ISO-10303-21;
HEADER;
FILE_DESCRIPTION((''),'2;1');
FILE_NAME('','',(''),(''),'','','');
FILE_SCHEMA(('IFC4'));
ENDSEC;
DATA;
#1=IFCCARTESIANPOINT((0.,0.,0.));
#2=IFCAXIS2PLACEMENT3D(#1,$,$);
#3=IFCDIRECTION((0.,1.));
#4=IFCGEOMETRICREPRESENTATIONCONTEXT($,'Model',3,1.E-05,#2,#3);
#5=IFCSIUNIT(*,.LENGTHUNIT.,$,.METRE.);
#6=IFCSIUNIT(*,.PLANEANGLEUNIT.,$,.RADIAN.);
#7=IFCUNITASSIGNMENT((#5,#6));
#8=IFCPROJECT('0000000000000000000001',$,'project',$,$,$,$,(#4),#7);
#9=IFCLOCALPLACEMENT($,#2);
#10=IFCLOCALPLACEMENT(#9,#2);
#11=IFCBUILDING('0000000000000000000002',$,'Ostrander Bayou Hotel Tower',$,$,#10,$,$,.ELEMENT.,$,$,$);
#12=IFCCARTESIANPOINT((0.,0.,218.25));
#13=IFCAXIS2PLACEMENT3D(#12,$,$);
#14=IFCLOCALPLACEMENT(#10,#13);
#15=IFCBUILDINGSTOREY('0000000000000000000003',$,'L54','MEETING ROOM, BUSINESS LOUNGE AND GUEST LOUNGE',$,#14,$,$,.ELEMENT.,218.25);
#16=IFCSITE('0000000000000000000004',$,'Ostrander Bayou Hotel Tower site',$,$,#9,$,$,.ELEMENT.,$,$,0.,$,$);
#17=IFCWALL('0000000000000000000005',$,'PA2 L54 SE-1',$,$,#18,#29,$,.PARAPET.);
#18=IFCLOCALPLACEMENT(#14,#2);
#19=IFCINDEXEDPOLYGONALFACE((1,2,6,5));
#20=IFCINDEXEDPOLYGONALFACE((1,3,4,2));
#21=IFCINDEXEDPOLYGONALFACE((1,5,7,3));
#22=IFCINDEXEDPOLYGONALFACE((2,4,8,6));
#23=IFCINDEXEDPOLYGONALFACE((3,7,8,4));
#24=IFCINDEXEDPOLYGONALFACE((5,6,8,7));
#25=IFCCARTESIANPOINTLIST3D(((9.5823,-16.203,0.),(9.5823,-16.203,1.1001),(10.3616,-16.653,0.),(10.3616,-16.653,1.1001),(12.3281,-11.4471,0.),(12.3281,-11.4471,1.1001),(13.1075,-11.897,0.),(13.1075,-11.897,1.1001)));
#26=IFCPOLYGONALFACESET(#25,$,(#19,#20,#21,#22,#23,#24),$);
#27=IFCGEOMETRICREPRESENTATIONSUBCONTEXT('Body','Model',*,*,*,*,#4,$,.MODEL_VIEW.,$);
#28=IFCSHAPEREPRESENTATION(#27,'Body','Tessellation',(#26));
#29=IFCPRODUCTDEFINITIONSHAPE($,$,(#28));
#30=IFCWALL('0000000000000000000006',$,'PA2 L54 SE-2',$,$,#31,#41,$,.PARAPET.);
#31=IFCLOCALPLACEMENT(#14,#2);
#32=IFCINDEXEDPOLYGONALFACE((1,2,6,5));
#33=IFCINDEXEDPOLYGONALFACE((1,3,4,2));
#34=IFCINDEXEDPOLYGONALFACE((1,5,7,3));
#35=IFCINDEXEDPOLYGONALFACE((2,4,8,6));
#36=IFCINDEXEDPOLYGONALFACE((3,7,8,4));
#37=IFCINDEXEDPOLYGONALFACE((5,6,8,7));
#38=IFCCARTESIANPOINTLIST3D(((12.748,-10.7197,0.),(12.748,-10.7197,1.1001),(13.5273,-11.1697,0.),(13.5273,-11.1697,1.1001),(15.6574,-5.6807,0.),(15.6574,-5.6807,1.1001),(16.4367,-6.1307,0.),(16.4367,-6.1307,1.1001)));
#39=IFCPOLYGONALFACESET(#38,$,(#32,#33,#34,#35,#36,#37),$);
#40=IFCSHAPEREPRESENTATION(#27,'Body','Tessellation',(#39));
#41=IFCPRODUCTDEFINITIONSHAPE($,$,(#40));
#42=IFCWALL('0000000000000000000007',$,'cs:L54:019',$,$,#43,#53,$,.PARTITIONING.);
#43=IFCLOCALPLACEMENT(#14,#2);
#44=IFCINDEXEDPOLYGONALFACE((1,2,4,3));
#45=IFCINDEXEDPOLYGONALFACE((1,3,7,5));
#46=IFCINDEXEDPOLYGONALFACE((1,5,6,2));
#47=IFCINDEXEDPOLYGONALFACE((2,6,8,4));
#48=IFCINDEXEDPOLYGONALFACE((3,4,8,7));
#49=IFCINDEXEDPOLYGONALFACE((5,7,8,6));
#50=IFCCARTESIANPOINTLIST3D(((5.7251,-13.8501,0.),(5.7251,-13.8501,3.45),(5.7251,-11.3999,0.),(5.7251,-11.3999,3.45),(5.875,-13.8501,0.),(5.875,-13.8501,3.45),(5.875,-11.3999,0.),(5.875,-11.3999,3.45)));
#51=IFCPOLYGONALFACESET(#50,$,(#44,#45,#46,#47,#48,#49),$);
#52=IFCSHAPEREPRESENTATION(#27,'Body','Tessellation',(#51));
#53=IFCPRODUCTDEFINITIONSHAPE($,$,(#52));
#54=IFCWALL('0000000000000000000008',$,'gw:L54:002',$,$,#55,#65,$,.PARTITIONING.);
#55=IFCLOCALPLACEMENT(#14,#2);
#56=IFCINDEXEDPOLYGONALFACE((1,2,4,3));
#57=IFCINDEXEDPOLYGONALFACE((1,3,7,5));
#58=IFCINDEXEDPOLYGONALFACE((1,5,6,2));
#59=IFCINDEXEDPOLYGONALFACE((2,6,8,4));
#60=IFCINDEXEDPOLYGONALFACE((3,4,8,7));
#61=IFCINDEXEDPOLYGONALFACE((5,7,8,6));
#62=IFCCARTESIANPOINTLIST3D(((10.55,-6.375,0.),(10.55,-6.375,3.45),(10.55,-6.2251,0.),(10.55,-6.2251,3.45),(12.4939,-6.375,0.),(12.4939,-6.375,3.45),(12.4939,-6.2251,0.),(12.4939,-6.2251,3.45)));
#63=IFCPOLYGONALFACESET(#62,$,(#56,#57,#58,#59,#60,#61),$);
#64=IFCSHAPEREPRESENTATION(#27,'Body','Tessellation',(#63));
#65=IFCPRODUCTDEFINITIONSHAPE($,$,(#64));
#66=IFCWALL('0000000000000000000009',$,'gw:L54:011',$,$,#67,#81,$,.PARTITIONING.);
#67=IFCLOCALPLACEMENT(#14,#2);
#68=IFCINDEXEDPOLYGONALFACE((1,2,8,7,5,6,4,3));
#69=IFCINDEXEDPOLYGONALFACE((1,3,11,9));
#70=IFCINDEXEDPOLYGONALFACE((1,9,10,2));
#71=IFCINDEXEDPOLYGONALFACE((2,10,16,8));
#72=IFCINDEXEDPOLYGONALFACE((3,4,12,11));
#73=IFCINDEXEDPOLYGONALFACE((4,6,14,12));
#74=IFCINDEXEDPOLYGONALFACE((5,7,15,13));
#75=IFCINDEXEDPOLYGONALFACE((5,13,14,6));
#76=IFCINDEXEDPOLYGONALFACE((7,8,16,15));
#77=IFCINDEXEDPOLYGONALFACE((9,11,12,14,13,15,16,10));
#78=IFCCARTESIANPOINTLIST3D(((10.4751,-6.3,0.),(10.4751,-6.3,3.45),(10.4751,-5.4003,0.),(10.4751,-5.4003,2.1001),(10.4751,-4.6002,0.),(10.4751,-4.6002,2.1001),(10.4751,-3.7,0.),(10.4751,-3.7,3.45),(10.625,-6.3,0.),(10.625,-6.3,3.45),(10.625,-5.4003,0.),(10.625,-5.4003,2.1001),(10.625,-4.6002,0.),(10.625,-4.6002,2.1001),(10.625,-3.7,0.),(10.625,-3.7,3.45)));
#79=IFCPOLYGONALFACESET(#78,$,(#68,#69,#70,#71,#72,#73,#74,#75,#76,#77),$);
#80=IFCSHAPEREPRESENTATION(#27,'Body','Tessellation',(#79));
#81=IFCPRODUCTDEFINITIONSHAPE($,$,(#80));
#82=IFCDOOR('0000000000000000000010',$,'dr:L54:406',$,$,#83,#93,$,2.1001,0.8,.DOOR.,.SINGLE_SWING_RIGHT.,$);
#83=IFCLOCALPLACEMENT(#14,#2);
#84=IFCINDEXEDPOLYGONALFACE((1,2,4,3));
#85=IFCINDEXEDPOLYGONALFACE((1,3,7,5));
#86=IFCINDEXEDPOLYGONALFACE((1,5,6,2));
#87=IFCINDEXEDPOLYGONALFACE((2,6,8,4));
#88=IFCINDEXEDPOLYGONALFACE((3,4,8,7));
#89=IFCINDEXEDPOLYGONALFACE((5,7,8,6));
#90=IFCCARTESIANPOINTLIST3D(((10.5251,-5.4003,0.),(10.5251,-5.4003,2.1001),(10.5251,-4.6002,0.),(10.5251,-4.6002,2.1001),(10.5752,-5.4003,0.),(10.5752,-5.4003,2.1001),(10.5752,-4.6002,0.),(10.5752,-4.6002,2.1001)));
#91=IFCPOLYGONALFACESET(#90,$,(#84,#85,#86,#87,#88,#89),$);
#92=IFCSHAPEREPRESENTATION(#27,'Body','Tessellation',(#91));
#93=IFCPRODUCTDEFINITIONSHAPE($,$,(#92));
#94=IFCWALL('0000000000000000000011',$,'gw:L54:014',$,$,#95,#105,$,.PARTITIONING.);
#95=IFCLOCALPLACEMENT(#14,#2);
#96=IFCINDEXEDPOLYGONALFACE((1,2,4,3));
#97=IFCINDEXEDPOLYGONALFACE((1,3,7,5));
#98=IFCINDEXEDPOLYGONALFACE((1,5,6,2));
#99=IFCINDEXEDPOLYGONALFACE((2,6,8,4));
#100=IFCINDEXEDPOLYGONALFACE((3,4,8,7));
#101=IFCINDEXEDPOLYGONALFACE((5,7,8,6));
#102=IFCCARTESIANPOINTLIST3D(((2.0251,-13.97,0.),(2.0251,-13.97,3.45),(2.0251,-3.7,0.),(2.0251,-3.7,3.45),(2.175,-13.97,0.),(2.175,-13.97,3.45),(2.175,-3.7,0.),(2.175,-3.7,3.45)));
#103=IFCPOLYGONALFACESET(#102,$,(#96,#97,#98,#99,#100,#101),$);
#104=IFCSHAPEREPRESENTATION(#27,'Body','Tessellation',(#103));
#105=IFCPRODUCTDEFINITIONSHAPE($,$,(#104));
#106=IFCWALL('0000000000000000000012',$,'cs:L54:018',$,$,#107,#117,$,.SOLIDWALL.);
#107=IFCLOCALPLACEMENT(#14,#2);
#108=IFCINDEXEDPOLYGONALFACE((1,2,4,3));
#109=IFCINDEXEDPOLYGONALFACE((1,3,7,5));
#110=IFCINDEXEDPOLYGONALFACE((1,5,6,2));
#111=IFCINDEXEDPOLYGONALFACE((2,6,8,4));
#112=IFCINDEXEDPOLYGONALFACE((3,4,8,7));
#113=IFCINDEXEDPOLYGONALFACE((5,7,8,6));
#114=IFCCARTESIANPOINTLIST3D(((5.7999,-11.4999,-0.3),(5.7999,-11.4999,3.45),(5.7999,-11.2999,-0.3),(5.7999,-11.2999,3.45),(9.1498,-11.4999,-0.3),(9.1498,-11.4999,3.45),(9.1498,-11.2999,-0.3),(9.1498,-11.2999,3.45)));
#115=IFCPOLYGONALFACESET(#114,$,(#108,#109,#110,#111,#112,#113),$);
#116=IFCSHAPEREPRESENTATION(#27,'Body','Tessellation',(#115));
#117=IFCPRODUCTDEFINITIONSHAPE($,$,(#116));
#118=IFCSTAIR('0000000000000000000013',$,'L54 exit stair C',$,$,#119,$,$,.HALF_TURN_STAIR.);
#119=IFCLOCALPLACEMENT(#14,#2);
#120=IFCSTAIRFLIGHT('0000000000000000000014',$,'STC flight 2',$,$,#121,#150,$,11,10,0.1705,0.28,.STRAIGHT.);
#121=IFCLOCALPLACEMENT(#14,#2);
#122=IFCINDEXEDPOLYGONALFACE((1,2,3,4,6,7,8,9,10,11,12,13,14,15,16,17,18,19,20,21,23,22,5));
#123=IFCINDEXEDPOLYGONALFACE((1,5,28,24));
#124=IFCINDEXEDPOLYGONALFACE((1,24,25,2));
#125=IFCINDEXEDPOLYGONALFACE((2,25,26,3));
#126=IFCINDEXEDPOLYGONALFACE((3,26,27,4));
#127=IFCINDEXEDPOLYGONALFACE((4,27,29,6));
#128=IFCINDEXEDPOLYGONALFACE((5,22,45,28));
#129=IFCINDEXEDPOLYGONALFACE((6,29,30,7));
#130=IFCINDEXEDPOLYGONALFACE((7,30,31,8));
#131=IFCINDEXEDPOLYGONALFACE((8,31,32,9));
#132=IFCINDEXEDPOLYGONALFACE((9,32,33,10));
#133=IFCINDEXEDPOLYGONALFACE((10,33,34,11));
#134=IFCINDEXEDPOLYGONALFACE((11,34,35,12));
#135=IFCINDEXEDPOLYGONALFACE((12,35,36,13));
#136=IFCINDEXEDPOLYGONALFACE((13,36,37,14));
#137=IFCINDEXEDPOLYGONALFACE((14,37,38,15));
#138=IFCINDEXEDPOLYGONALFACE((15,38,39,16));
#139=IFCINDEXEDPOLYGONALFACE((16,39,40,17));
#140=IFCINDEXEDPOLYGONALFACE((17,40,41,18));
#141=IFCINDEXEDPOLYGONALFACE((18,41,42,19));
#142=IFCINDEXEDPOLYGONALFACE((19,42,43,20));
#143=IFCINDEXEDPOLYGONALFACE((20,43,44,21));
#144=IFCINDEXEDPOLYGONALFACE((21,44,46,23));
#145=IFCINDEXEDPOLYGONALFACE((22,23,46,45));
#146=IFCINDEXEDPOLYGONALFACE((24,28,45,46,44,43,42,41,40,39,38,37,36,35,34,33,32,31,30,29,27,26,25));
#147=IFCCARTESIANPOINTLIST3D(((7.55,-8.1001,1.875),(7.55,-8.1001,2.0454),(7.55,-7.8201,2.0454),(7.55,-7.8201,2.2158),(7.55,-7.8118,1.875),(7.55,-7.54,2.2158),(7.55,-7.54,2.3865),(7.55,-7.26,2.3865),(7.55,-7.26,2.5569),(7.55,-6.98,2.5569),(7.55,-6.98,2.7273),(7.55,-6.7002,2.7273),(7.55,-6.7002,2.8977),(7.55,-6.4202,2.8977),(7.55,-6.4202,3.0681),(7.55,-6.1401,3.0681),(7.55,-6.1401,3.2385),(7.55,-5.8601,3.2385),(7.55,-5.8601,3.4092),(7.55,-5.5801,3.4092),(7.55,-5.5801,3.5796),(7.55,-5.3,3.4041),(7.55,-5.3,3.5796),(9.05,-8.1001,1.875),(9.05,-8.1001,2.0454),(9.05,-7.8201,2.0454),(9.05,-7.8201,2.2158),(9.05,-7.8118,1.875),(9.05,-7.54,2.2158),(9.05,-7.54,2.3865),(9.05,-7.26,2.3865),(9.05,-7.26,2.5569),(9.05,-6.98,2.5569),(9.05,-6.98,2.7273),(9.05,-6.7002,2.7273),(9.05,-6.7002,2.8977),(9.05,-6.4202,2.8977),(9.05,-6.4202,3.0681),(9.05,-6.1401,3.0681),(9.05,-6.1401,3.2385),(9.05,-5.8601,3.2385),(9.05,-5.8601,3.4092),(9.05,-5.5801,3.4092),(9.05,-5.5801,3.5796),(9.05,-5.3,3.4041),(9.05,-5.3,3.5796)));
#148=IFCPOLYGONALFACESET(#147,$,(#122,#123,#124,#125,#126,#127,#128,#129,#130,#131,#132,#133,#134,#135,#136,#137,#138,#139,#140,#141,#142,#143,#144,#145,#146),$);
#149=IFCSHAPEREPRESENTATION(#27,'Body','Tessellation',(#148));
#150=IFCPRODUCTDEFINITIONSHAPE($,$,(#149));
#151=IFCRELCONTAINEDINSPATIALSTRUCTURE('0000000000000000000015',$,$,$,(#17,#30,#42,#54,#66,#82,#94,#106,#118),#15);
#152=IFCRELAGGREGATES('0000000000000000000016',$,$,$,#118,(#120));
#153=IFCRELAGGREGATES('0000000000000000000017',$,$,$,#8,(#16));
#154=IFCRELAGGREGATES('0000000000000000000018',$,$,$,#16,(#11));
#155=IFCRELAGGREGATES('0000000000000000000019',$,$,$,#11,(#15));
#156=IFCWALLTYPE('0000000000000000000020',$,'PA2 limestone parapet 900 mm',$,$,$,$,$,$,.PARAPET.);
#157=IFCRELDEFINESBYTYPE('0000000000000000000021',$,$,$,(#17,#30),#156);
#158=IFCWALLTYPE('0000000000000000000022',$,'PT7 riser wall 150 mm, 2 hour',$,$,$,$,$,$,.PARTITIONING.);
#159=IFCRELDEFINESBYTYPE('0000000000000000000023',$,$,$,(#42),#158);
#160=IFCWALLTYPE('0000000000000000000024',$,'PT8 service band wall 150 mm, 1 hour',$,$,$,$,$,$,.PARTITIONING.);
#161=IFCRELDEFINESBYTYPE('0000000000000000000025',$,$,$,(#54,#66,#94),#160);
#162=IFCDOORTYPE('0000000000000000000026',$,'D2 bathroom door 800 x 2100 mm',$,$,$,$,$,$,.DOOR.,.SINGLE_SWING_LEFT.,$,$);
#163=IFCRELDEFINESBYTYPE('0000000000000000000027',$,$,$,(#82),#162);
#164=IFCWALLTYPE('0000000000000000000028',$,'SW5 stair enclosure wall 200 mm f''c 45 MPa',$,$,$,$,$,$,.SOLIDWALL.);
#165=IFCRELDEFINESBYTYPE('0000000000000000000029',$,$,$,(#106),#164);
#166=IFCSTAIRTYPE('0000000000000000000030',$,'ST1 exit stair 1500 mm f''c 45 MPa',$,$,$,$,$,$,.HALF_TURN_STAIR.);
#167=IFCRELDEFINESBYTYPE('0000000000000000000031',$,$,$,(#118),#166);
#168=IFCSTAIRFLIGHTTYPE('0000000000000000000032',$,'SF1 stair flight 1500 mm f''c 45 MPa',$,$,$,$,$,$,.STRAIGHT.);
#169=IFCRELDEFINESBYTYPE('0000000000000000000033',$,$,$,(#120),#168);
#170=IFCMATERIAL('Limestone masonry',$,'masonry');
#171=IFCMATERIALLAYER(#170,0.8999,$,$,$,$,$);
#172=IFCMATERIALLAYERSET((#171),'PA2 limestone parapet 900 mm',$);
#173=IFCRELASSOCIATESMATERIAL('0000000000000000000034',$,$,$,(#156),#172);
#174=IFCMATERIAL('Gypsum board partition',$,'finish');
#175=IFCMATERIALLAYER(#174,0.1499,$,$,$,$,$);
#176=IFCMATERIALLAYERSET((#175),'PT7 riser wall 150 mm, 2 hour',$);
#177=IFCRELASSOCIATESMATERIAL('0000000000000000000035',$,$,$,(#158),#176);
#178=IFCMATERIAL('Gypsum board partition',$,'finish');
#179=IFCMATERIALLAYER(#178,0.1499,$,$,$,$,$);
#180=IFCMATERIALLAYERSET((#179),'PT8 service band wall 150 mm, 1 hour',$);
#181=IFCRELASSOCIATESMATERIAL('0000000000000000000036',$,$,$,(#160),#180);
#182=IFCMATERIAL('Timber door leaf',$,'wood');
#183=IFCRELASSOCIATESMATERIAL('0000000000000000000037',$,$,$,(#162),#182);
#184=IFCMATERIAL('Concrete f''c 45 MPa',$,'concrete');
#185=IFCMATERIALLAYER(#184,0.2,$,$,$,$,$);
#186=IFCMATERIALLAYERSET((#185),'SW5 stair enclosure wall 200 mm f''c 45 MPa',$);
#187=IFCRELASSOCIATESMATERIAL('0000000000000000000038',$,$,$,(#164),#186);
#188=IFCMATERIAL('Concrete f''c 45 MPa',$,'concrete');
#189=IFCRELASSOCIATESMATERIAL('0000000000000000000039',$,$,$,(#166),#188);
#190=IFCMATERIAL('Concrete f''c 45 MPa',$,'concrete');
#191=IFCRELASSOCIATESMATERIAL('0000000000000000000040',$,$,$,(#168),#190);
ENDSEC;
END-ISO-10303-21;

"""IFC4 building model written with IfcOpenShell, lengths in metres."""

from ifc_helpers import new_model, si_unit, direction, frame, frame_2d, origin, place, context, subcontext, project, spatial, polyline, rectangle, outline, extrude, material, layer, layer_set, type_object, element, fill, aggregate, save


model = new_model("IFC4")

# Units and contexts
model_context = context("Model", 3, precision=1e-05, world=origin(), true_north=direction((0.0, 1.0)))
body_context = subcontext(model_context, "Body", "Model", "MODEL_VIEW")
ifc_project = project(units=[si_unit("LENGTHUNIT", "METRE"), si_unit("PLANEANGLEUNIT", "RADIAN")], contexts=[model_context])

# Site, building, storey
site_placement = place(None, origin())
site = spatial("IfcSite", under=ifc_project, at=site_placement, Name="Ostrander Bayou Hotel Tower site", CompositionType="ELEMENT", RefElevation=0.0)
building_placement = place(site_placement, origin())
building = spatial("IfcBuilding", under=site, at=building_placement, Name="Ostrander Bayou Hotel Tower", CompositionType="ELEMENT")
storey_placement = place(building_placement, frame((0.0, 0.0, 218.25)))
storey = spatial("IfcBuildingStorey", under=building, at=storey_placement, Name="L54", Description="MEETING ROOM, BUSINESS LOUNGE AND GUEST LOUNGE", CompositionType="ELEMENT", Elevation=218.25)

# Walls
ifc_material_1 = material(Name="Limestone masonry", Category="masonry")
ifc_layer_1 = layer(ifc_material_1, 0.8999)
ifc_layer_set_1 = layer_set([ifc_layer_1], Name="PA2 limestone parapet 900 mm")
wall_type_1 = type_object("IfcWallType", Name="PA2 limestone parapet 900 mm", PredefinedType="PARAPET", material=ifc_layer_set_1)
wall_1_placement = place(storey_placement, frame((9.9719, -16.428, 0.0), z_axis=(0.0, 0.0, 1.0), x_axis=(0.500007, 0.866021, 0.0)))
element("IfcWall", 1, at=wall_1_placement, inside=storey, type_object=wall_type_1, Name="PA2 L54 SE-1", PredefinedType="PARAPET", context=body_context, shape_type="SweptSolid", body=[
    extrude(rectangle(XDim=5.4917, YDim=0.8999, at=frame_2d((2.7458, 0.0))), origin(), (0.0, 0.0, 1.0), 1.1001),
])
wall_2_placement = place(storey_placement, frame((13.1377, -10.9446, 0.0), z_axis=(0.0, 0.0, 1.0), x_axis=(0.500015, 0.866016, 0.0)))
element("IfcWall", 2, at=wall_2_placement, inside=storey, type_object=wall_type_1, Name="PA2 L54 SE-2", PredefinedType="PARAPET", context=body_context, shape_type="SweptSolid", body=[
    extrude(rectangle(XDim=5.8186, YDim=0.8999, at=frame_2d((2.9092, 0.0))), origin(), (0.0, 0.0, 1.0), 1.1001),
])
ifc_material_2 = material(Name="Gypsum board partition", Category="finish")
ifc_layer_2 = layer(ifc_material_2, 0.1499)
ifc_layer_set_2 = layer_set([ifc_layer_2], Name="PT7 riser wall 150 mm, 2 hour")
wall_type_2 = type_object("IfcWallType", Name="PT7 riser wall 150 mm, 2 hour", PredefinedType="PARTITIONING", material=ifc_layer_set_2)
wall_3_placement = place(storey_placement, frame((5.8, -11.3999, 0.0), z_axis=(0.0, 0.0, 1.0), x_axis=(0.0, -1.0, 0.0)))
element("IfcWall", 3, at=wall_3_placement, inside=storey, type_object=wall_type_2, Name="cs:L54:019", PredefinedType="PARTITIONING", context=body_context, shape_type="SweptSolid", body=[
    extrude(rectangle(XDim=2.4502, YDim=0.1499, at=frame_2d((1.2251, 0.0))), origin(), (0.0, 0.0, 1.0), 3.45),
])
ifc_material_3 = material(Name="Gypsum board partition", Category="finish")
ifc_layer_3 = layer(ifc_material_3, 0.1499)
ifc_layer_set_3 = layer_set([ifc_layer_3], Name="PT8 service band wall 150 mm, 1 hour")
wall_type_3 = type_object("IfcWallType", Name="PT8 service band wall 150 mm, 1 hour", PredefinedType="PARTITIONING", material=ifc_layer_set_3)
wall_4_placement = place(storey_placement, frame((10.55, -6.3, 0.0), z_axis=(0.0, 0.0, 1.0), x_axis=(1.0, 0.0, 0.0)))
element("IfcWall", 4, at=wall_4_placement, inside=storey, type_object=wall_type_3, Name="gw:L54:002", PredefinedType="PARTITIONING", context=body_context, shape_type="SweptSolid", body=[
    extrude(rectangle(XDim=1.9438, YDim=0.1499, at=frame_2d((0.9719, 0.0))), origin(), (0.0, 0.0, 1.0), 3.45),
])

# Wall, opening, door
wall_5_placement = place(storey_placement, frame((10.55, -6.3, 0.0), z_axis=(0.0, 0.0, 1.0), x_axis=(0.0, 1.0, 0.0)))
wall_5 = element("IfcWall", 5, at=wall_5_placement, inside=storey, type_object=wall_type_3, Name="gw:L54:011", PredefinedType="PARTITIONING", context=body_context, shape_type="SweptSolid", body=[
    extrude(rectangle(XDim=2.6001, YDim=0.1499, at=frame_2d((1.3, 0.0))), origin(), (0.0, 0.0, 1.0), 3.45),
])
opening_1_placement = place(wall_5_placement, frame((0.8999, 0.0, 0.0)))
opening_1 = element("IfcOpeningElement", 6, at=opening_1_placement, cuts=wall_5, PredefinedType="OPENING", context=body_context, shape_type="SweptSolid", body=[
    extrude(rectangle(XDim=0.8, YDim=2.1001, at=frame_2d((0.3999, 1.05))), frame((0.0, 0.075, 0.0), z_axis=(0.0, -1.0, 0.0), x_axis=(1.0, 0.0, 0.0)), (0.0, 0.0, 1.0), 0.1499),
])
ifc_material_4 = material(Name="Timber door leaf", Category="wood")
door_type_1 = type_object("IfcDoorType", Name="D2 bathroom door 800 x 2100 mm", OperationType="SINGLE_SWING_LEFT", PredefinedType="DOOR", material=ifc_material_4)
door_1_placement = place(opening_1_placement, origin())
door_1 = element("IfcDoor", 7, at=door_1_placement, inside=storey, type_object=door_type_1, Name="dr:L54:406", OperationType="SINGLE_SWING_RIGHT", OverallHeight=2.1001, OverallWidth=0.8, PredefinedType="DOOR", context=body_context, shape_type="SweptSolid", body=[
    extrude(rectangle(XDim=0.8, YDim=2.1001, at=frame_2d((0.3999, 1.05))), frame((0.0, 0.0249, 0.0), z_axis=(0.0, -1.0, 0.0), x_axis=(1.0, 0.0, 0.0)), (0.0, 0.0, 1.0), 0.05),
])
fill(opening_1, door_1)

# Walls
wall_6_placement = place(storey_placement, frame((2.1001, -13.97, 0.0), z_axis=(0.0, 0.0, 1.0), x_axis=(0.0, 1.0, 0.0)))
element("IfcWall", 8, at=wall_6_placement, inside=storey, type_object=wall_type_3, Name="gw:L54:014", PredefinedType="PARTITIONING", context=body_context, shape_type="SweptSolid", body=[
    extrude(rectangle(XDim=10.27, YDim=0.1499, at=frame_2d((5.135, 0.0))), origin(), (0.0, 0.0, 1.0), 3.45),
])
ifc_material_5 = material(Name="Concrete f'c 45 MPa", Category="concrete")
ifc_layer_4 = layer(ifc_material_5, 0.2)
ifc_layer_set_4 = layer_set([ifc_layer_4], Name="SW5 stair enclosure wall 200 mm f'c 45 MPa")
wall_type_4 = type_object("IfcWallType", Name="SW5 stair enclosure wall 200 mm f'c 45 MPa", PredefinedType="SOLIDWALL", material=ifc_layer_set_4)
wall_7_placement = place(storey_placement, frame((5.8, -11.3999, -0.3), z_axis=(0.0, 0.0, 1.0), x_axis=(1.0, 0.0, 0.0)))
element("IfcWall", 9, at=wall_7_placement, inside=storey, type_object=wall_type_4, Name="cs:L54:018", PredefinedType="SOLIDWALL", context=body_context, shape_type="SweptSolid", body=[
    extrude(rectangle(XDim=3.3499, YDim=0.2, at=frame_2d((1.6748, 0.0))), origin(), (0.0, 0.0, 1.0), 3.75),
])

# Stair, stair flight
ifc_material_6 = material(Name="Concrete f'c 45 MPa", Category="concrete")
stair_type = type_object("IfcStairType", Name="ST1 exit stair 1500 mm f'c 45 MPa", PredefinedType="HALF_TURN_STAIR", material=ifc_material_6)
stair_placement = place(storey_placement, origin())
stair = element("IfcStair", 10, at=stair_placement, inside=storey, type_object=stair_type, Name="L54 exit stair C", PredefinedType="HALF_TURN_STAIR")
ifc_material_7 = material(Name="Concrete f'c 45 MPa", Category="concrete")
stair_flight_type = type_object("IfcStairFlightType", Name="SF1 stair flight 1500 mm f'c 45 MPa", PredefinedType="STRAIGHT", material=ifc_material_7)
stair_flight_placement = place(storey_placement, frame((8.3, -8.1001, 1.875), z_axis=(0.0, 0.0, 1.0), x_axis=(0.0, 1.0, 0.0)))
stair_flight = element("IfcStairFlight", 11, at=stair_flight_placement, type_object=stair_flight_type, Name="STC flight 2", NumberOfRisers=11, NumberOfTreads=10, PredefinedType="STRAIGHT", RiserHeight=0.1705, TreadLength=0.28, context=body_context, shape_type="SweptSolid", body=[
    extrude(outline(polyline([(0.0, 0.0), (0.0, 0.1704), (0.28, 0.1704), (0.28, 0.3408), (0.5601, 0.3408), (0.5601, 0.5115), (0.8401, 0.5115), (0.8401, 0.6819), (1.1201, 0.6819), (1.1201, 0.8523), (1.3999, 0.8523), (1.3999, 1.0227), (1.6799, 1.0227), (1.6799, 1.1931), (1.96, 1.1931), (1.96, 1.3635), (2.24, 1.3635), (2.24, 1.5342), (2.52, 1.5342), (2.52, 1.7046), (2.8, 1.7046), (2.8, 1.875), (2.8, 1.5291), (0.2883, 0.0), (0.0, 0.0)])), frame((0.0, 0.75, 0.0), z_axis=(0.0, -1.0, 0.0), x_axis=(1.0, 0.0, 0.0)), (0.0, 0.0, 1.0), 1.5),
])
aggregate(stair, [stair_flight])

save(model, "model.ifc")
